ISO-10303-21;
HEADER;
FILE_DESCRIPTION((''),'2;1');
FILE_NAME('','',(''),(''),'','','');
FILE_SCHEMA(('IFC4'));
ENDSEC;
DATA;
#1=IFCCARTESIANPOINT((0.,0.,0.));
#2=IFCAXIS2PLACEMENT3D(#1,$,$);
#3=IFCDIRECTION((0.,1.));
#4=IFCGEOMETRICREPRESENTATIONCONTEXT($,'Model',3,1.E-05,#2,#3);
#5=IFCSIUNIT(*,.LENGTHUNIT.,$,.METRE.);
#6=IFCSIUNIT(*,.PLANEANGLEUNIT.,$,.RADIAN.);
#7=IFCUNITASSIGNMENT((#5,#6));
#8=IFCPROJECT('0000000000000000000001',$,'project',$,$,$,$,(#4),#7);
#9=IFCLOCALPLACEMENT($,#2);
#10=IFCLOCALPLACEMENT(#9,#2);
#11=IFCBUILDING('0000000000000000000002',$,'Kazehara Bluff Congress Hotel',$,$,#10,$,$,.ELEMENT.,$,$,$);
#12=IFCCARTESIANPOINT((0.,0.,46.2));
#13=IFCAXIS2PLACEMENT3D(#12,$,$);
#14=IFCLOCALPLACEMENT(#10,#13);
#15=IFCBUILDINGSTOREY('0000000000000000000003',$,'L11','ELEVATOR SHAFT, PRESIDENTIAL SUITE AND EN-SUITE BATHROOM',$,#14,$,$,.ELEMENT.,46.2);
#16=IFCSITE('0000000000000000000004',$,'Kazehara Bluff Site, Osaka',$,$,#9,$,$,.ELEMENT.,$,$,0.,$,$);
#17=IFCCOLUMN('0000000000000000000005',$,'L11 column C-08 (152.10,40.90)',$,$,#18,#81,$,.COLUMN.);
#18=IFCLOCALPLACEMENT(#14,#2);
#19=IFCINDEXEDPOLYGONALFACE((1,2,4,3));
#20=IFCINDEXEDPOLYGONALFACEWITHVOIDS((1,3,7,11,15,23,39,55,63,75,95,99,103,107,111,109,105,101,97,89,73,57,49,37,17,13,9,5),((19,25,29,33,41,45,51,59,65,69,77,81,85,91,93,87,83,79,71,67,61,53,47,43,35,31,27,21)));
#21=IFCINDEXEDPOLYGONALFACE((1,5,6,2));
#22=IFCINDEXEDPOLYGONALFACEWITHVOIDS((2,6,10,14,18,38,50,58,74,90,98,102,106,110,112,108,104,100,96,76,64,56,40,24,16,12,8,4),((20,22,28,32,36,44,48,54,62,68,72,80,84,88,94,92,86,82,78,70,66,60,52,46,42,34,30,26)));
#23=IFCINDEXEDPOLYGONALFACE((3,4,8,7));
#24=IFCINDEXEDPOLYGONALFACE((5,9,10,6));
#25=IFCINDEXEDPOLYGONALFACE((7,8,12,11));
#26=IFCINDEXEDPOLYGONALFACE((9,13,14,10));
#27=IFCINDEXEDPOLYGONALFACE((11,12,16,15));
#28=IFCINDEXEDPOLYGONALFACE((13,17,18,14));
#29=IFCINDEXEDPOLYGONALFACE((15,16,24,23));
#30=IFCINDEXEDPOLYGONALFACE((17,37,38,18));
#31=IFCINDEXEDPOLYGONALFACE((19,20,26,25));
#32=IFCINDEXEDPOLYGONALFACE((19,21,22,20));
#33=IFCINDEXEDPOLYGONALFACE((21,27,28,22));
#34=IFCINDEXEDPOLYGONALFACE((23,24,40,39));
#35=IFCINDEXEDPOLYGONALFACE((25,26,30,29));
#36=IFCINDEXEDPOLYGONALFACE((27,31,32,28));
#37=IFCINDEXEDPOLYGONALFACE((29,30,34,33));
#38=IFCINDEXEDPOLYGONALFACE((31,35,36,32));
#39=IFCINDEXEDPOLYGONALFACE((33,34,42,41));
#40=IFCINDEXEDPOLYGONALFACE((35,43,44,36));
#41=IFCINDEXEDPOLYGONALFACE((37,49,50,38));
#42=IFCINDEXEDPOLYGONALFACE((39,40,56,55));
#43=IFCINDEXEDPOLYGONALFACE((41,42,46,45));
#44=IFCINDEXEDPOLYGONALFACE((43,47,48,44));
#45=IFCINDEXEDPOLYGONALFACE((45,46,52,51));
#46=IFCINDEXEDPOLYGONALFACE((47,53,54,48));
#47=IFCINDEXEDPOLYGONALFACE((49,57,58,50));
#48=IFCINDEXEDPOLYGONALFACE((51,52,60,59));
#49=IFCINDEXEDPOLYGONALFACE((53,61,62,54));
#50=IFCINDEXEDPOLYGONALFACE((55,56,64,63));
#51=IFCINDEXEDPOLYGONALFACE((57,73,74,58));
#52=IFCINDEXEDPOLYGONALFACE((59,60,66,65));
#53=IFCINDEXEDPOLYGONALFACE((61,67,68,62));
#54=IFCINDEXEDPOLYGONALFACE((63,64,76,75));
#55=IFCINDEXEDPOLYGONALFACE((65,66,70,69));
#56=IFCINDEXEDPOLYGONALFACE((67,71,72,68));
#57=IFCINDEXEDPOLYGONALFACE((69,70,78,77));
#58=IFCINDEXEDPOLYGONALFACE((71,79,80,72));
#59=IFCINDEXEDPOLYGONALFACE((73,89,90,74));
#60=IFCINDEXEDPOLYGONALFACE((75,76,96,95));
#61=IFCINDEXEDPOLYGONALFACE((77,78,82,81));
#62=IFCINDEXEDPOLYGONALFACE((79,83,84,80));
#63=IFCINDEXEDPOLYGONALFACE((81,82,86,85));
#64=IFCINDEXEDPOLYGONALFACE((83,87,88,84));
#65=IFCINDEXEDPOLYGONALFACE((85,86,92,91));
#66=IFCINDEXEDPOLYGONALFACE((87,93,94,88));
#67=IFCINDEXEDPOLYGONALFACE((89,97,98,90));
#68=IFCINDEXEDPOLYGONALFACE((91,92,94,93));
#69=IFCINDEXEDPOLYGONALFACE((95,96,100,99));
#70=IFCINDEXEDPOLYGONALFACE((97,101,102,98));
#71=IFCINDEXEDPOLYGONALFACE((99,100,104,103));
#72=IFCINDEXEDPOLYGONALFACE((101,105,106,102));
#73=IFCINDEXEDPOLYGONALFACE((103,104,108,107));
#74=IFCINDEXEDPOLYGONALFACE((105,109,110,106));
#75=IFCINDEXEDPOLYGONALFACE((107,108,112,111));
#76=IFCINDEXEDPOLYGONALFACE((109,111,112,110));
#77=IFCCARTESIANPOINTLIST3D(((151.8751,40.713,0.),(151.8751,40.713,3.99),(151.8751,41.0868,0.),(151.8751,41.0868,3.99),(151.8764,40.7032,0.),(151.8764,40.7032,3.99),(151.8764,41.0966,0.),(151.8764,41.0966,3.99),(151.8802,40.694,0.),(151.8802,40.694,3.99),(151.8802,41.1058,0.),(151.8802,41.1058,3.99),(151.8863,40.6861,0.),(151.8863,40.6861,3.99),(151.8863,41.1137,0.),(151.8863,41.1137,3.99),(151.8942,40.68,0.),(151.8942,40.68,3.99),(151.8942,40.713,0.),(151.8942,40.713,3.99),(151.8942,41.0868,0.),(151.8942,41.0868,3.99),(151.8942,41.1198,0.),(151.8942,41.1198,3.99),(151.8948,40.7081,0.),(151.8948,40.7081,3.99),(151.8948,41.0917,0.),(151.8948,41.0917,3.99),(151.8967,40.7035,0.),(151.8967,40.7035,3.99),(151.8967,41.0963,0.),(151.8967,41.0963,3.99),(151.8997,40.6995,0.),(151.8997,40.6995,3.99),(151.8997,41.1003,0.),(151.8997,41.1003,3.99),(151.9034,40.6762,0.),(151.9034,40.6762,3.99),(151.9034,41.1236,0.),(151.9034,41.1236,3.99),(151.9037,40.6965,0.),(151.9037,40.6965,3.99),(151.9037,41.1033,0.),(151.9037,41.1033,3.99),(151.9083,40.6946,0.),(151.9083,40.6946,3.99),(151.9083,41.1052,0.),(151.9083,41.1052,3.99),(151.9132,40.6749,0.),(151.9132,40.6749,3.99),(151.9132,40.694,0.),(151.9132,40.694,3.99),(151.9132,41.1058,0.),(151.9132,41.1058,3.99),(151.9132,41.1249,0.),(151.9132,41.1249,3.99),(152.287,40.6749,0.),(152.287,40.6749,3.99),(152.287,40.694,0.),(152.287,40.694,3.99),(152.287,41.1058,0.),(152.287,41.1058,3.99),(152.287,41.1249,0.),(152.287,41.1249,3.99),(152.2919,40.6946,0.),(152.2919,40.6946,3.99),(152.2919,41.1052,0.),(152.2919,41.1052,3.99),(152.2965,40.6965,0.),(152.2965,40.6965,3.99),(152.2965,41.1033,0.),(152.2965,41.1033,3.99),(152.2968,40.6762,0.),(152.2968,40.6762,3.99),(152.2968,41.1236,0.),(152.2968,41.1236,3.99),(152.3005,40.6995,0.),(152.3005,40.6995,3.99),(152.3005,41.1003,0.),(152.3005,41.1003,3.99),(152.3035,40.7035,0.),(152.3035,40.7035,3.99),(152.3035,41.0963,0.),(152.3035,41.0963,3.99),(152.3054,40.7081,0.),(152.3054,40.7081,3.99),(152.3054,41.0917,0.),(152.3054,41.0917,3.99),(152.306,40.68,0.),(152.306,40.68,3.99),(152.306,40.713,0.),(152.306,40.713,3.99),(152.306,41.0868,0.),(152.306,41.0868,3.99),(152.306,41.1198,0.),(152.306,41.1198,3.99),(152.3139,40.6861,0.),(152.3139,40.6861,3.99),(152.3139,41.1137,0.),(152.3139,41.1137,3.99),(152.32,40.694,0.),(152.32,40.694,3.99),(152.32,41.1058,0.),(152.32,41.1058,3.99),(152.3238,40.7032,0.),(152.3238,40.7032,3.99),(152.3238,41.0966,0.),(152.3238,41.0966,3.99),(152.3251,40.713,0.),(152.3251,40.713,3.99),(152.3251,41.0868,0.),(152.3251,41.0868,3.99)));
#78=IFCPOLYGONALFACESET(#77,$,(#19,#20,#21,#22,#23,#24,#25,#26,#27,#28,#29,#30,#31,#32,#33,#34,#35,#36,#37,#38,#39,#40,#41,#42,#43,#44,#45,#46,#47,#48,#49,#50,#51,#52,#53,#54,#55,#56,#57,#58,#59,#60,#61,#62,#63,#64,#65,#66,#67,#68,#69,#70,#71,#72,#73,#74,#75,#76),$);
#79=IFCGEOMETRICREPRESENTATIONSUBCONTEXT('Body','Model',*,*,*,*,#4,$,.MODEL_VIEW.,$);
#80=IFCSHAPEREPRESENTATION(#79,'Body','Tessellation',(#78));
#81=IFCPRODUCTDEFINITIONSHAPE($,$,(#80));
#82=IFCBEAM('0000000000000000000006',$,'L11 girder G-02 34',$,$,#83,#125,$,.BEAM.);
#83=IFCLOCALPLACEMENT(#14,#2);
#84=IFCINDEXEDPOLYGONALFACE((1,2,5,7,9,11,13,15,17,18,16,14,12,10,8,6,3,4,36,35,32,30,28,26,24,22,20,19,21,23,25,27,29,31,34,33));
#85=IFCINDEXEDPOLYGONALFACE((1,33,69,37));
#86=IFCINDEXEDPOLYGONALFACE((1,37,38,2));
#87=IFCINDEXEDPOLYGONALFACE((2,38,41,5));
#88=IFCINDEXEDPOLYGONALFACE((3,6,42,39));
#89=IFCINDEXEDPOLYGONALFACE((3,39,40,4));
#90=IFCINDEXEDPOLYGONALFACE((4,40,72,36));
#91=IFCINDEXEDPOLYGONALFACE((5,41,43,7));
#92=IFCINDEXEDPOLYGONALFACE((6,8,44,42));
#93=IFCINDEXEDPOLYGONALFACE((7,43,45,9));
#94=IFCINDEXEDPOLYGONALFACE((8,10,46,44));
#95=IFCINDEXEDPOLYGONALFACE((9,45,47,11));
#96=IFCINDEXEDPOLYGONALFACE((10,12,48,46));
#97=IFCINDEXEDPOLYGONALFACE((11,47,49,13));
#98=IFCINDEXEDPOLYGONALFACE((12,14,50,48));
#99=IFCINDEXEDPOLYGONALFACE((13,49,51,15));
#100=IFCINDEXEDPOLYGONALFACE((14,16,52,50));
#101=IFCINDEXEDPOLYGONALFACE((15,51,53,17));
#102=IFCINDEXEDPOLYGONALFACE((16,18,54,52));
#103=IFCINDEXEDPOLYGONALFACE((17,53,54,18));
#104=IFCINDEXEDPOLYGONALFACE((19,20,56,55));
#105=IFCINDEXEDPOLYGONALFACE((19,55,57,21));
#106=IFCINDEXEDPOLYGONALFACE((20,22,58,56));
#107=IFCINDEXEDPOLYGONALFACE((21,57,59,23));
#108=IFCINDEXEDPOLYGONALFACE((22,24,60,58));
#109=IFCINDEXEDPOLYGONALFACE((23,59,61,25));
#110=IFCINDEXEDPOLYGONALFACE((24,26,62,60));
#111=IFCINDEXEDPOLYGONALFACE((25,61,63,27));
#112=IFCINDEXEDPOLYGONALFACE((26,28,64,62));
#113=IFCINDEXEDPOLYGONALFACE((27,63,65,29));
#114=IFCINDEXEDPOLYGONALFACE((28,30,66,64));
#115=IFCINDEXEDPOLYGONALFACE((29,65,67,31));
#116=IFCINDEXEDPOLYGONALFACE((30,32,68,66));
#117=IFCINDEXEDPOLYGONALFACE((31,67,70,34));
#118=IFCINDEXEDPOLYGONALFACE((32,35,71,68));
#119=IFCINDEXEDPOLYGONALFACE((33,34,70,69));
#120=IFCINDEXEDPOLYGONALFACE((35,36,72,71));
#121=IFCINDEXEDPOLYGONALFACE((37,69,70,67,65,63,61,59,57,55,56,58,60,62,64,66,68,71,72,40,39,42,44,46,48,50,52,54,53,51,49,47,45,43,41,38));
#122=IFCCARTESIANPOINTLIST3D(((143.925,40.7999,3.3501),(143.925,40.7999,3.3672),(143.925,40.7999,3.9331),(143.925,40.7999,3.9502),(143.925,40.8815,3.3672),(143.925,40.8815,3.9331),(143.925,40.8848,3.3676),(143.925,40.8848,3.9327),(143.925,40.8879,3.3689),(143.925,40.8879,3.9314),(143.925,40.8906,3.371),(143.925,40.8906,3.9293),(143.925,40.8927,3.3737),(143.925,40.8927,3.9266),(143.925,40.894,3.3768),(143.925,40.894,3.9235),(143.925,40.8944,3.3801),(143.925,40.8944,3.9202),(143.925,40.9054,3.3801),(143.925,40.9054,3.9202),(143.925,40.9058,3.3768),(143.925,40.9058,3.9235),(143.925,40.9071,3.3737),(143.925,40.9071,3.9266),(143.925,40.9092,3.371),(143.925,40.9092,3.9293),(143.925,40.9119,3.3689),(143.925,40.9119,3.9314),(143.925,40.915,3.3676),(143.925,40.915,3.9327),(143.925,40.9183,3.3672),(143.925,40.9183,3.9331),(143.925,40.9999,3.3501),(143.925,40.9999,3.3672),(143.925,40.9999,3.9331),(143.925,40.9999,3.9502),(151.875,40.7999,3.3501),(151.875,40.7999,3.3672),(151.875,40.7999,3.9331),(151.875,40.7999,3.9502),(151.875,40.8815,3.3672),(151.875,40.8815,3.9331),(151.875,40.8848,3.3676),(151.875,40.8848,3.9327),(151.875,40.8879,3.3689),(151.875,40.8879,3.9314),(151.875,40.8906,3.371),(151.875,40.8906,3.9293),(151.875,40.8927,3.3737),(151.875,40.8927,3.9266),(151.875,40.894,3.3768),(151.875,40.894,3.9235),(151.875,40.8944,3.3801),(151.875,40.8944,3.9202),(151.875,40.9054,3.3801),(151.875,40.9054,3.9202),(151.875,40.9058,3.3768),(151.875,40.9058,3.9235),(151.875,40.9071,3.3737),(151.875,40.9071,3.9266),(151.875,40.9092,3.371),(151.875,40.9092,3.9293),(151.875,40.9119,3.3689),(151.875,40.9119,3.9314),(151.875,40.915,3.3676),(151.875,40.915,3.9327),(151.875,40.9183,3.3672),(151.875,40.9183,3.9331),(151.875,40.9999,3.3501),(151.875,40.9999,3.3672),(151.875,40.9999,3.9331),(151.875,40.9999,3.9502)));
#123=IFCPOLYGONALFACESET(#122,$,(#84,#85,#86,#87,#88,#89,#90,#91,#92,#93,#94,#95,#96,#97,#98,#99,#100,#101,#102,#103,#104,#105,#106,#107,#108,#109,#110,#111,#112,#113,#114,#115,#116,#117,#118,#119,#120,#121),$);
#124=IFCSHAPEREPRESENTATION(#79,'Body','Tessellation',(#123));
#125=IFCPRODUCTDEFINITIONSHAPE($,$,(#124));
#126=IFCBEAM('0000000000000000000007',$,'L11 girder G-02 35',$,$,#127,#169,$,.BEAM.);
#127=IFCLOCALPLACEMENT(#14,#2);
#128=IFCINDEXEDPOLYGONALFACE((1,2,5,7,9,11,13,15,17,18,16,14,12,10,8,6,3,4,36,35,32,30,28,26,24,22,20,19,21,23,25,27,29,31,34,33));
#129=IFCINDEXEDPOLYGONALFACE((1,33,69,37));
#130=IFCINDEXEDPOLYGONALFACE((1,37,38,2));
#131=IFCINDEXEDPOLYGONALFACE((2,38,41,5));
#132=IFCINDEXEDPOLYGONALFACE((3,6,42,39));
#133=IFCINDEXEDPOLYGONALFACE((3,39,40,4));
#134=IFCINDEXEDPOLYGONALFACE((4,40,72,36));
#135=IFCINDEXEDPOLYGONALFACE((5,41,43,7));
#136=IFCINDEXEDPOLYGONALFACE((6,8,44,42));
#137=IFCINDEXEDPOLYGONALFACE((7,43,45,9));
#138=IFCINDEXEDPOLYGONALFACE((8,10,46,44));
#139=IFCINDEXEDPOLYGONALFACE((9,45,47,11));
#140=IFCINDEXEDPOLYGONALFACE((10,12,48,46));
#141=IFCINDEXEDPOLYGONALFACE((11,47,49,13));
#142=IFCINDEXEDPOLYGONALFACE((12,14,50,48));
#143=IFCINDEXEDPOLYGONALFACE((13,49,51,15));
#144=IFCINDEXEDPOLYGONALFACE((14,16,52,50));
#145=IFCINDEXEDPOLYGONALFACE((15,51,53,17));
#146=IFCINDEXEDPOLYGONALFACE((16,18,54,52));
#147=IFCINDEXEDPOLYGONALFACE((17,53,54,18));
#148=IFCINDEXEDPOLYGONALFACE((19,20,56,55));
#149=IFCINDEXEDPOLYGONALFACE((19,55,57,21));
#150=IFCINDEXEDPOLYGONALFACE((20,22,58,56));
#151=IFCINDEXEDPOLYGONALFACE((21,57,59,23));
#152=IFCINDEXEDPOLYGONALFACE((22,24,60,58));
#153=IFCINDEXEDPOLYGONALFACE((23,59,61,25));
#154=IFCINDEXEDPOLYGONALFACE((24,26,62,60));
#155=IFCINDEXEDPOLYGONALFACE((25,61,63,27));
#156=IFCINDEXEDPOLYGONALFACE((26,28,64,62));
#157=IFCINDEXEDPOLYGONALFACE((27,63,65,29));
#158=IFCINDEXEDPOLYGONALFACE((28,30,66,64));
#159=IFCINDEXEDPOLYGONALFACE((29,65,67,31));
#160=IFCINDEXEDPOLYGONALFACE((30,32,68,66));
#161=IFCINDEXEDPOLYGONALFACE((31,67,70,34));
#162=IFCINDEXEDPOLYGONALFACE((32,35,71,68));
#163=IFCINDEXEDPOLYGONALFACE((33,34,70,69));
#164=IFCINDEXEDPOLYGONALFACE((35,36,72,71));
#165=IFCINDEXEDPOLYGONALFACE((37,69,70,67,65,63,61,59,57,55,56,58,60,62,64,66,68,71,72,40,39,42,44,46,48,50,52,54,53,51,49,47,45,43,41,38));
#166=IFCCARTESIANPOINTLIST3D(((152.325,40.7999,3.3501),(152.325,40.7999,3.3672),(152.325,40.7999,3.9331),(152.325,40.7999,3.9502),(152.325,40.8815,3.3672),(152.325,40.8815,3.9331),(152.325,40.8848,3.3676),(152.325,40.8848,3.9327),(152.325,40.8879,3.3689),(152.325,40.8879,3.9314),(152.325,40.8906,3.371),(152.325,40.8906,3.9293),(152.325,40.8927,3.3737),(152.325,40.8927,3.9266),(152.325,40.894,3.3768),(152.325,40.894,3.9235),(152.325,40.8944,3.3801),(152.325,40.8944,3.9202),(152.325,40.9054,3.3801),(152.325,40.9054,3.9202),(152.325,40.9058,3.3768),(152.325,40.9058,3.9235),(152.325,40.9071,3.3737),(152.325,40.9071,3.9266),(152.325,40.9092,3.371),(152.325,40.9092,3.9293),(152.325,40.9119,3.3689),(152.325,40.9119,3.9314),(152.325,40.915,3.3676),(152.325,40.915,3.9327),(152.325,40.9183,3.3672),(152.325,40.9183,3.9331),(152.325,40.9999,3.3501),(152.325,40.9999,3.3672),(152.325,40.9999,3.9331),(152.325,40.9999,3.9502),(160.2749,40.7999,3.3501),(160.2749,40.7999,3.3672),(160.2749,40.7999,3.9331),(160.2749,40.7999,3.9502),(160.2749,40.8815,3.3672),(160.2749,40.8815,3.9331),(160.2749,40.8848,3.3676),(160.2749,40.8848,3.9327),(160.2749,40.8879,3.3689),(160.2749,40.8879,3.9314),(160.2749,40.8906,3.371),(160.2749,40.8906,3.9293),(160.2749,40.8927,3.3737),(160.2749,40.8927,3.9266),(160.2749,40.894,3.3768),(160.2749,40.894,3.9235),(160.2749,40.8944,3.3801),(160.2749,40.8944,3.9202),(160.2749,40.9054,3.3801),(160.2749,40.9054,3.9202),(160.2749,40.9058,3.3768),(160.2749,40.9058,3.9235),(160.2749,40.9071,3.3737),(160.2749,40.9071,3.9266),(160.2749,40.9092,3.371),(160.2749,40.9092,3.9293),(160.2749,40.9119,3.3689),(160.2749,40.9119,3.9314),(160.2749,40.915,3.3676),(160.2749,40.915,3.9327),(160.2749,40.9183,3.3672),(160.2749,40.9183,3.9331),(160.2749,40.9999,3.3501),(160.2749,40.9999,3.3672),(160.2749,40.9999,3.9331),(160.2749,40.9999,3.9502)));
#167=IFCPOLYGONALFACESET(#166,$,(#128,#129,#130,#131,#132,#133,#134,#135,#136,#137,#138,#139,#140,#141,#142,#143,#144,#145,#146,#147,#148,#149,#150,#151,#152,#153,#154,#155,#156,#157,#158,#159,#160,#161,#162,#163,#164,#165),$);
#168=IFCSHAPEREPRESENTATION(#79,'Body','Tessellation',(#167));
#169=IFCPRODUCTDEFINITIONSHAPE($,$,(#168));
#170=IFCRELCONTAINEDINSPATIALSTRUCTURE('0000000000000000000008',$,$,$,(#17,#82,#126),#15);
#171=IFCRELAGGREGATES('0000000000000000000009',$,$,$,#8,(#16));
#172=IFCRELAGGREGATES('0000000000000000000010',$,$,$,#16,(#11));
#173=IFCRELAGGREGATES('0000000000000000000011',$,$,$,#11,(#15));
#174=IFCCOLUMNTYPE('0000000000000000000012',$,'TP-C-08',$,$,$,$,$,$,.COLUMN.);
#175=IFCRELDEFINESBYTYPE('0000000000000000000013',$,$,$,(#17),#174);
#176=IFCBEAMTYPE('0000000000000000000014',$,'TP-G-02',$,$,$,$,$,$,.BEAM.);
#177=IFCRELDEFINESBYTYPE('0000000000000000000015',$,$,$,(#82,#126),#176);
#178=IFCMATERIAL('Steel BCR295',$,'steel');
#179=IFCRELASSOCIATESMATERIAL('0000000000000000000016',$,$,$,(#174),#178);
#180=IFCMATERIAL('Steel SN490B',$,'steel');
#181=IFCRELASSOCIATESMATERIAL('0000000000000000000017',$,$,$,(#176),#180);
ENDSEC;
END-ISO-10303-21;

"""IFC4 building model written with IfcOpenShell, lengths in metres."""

from ifc_helpers import new_model, si_unit, direction, frame, origin, origin_2d, place, context, subcontext, project, spatial, hollow_rectangle, i_section, extrude, material, material_profile, profile_set, type_object, element, save


model = new_model("IFC4")

# Units and contexts
model_context = context("Model", 3, precision=1e-05, world=origin(), true_north=direction((0.0, 1.0)))
body_context = subcontext(model_context, "Body", "Model", "MODEL_VIEW")
ifc_project = project(units=[si_unit("LENGTHUNIT", "METRE"), si_unit("PLANEANGLEUNIT", "RADIAN")], contexts=[model_context])

# Site, building, storey
site_placement = place(None, origin())
site = spatial("IfcSite", under=ifc_project, at=site_placement, Name="Kazehara Bluff Site, Osaka", CompositionType="ELEMENT", RefElevation=0.0)
building_placement = place(site_placement, origin())
building = spatial("IfcBuilding", under=site, at=building_placement, Name="Kazehara Bluff Congress Hotel", CompositionType="ELEMENT")
storey_placement = place(building_placement, frame((0.0, 0.0, 46.2)))
storey = spatial("IfcBuildingStorey", under=building, at=storey_placement, Name="L11", Description="ELEVATOR SHAFT, PRESIDENTIAL SUITE AND EN-SUITE BATHROOM", CompositionType="ELEMENT", Elevation=46.2)

# Column
ifc_material_1 = material(Name="Steel BCR295", Category="steel")
ifc_material_profile_1 = material_profile(ifc_material_1, hollow_rectangle(XDim=0.45, YDim=0.45, WallThickness=0.019, InnerFilletRadius=0.019, OuterFilletRadius=0.0381, at=origin_2d()))
ifc_profile_set_1 = profile_set([ifc_material_profile_1], Name="Steel BCR295")
column_type = type_object("IfcColumnType", Name="TP-C-08", PredefinedType="COLUMN", material=ifc_profile_set_1)
column_placement = place(storey_placement, frame((152.1001, 40.8999, 0.0), z_axis=(0.0, 0.0, 1.0), x_axis=(1.0, 0.0, 0.0)))
element("IfcColumn", 1, at=column_placement, inside=storey, type_object=column_type, Name="L11 column C-08 (152.10,40.90)", PredefinedType="COLUMN", context=body_context, shape_type="SweptSolid", body=[
    extrude(hollow_rectangle(XDim=0.45, YDim=0.45, WallThickness=0.019, InnerFilletRadius=0.019, OuterFilletRadius=0.0381, at=origin_2d()), origin(), (0.0, 0.0, 1.0), 3.99),
])

# Beams
ifc_material_2 = material(Name="Steel SN490B", Category="steel")
ifc_material_profile_2 = material_profile(ifc_material_2, i_section(OverallWidth=0.2, OverallDepth=0.6001, WebThickness=0.011, FlangeThickness=0.0171, FilletRadius=0.0129, at=origin_2d()))
ifc_profile_set_2 = profile_set([ifc_material_profile_2], Name="Steel SN490B")
beam_type_1 = type_object("IfcBeamType", Name="TP-G-02", PredefinedType="BEAM", material=ifc_profile_set_2)
for number, where, z_axis, x_axis, name in (
    (2, (143.925, 40.8999, 3.6501), (1.0, 0.0, 0.0), (0.0, 1.0, 0.0), "L11 girder G-02 34"),
    (3, (152.325, 40.8999, 3.6501), (1.0, 0.0, 0.0), (0.0, 1.0, 0.0), "L11 girder G-02 35"),
):
    element("IfcBeam", number, at=place(storey_placement, frame(where, z_axis=z_axis, x_axis=x_axis)), inside=storey, type_object=beam_type_1, Name=name, PredefinedType="BEAM", context=body_context, shape_type="SweptSolid", body=[
        extrude(i_section(OverallWidth=0.2, OverallDepth=0.6001, WebThickness=0.011, FlangeThickness=0.0171, FilletRadius=0.0129, at=origin_2d()), origin(), (0.0, 0.0, 1.0), 7.95),
    ])

save(model, "model.ifc")
